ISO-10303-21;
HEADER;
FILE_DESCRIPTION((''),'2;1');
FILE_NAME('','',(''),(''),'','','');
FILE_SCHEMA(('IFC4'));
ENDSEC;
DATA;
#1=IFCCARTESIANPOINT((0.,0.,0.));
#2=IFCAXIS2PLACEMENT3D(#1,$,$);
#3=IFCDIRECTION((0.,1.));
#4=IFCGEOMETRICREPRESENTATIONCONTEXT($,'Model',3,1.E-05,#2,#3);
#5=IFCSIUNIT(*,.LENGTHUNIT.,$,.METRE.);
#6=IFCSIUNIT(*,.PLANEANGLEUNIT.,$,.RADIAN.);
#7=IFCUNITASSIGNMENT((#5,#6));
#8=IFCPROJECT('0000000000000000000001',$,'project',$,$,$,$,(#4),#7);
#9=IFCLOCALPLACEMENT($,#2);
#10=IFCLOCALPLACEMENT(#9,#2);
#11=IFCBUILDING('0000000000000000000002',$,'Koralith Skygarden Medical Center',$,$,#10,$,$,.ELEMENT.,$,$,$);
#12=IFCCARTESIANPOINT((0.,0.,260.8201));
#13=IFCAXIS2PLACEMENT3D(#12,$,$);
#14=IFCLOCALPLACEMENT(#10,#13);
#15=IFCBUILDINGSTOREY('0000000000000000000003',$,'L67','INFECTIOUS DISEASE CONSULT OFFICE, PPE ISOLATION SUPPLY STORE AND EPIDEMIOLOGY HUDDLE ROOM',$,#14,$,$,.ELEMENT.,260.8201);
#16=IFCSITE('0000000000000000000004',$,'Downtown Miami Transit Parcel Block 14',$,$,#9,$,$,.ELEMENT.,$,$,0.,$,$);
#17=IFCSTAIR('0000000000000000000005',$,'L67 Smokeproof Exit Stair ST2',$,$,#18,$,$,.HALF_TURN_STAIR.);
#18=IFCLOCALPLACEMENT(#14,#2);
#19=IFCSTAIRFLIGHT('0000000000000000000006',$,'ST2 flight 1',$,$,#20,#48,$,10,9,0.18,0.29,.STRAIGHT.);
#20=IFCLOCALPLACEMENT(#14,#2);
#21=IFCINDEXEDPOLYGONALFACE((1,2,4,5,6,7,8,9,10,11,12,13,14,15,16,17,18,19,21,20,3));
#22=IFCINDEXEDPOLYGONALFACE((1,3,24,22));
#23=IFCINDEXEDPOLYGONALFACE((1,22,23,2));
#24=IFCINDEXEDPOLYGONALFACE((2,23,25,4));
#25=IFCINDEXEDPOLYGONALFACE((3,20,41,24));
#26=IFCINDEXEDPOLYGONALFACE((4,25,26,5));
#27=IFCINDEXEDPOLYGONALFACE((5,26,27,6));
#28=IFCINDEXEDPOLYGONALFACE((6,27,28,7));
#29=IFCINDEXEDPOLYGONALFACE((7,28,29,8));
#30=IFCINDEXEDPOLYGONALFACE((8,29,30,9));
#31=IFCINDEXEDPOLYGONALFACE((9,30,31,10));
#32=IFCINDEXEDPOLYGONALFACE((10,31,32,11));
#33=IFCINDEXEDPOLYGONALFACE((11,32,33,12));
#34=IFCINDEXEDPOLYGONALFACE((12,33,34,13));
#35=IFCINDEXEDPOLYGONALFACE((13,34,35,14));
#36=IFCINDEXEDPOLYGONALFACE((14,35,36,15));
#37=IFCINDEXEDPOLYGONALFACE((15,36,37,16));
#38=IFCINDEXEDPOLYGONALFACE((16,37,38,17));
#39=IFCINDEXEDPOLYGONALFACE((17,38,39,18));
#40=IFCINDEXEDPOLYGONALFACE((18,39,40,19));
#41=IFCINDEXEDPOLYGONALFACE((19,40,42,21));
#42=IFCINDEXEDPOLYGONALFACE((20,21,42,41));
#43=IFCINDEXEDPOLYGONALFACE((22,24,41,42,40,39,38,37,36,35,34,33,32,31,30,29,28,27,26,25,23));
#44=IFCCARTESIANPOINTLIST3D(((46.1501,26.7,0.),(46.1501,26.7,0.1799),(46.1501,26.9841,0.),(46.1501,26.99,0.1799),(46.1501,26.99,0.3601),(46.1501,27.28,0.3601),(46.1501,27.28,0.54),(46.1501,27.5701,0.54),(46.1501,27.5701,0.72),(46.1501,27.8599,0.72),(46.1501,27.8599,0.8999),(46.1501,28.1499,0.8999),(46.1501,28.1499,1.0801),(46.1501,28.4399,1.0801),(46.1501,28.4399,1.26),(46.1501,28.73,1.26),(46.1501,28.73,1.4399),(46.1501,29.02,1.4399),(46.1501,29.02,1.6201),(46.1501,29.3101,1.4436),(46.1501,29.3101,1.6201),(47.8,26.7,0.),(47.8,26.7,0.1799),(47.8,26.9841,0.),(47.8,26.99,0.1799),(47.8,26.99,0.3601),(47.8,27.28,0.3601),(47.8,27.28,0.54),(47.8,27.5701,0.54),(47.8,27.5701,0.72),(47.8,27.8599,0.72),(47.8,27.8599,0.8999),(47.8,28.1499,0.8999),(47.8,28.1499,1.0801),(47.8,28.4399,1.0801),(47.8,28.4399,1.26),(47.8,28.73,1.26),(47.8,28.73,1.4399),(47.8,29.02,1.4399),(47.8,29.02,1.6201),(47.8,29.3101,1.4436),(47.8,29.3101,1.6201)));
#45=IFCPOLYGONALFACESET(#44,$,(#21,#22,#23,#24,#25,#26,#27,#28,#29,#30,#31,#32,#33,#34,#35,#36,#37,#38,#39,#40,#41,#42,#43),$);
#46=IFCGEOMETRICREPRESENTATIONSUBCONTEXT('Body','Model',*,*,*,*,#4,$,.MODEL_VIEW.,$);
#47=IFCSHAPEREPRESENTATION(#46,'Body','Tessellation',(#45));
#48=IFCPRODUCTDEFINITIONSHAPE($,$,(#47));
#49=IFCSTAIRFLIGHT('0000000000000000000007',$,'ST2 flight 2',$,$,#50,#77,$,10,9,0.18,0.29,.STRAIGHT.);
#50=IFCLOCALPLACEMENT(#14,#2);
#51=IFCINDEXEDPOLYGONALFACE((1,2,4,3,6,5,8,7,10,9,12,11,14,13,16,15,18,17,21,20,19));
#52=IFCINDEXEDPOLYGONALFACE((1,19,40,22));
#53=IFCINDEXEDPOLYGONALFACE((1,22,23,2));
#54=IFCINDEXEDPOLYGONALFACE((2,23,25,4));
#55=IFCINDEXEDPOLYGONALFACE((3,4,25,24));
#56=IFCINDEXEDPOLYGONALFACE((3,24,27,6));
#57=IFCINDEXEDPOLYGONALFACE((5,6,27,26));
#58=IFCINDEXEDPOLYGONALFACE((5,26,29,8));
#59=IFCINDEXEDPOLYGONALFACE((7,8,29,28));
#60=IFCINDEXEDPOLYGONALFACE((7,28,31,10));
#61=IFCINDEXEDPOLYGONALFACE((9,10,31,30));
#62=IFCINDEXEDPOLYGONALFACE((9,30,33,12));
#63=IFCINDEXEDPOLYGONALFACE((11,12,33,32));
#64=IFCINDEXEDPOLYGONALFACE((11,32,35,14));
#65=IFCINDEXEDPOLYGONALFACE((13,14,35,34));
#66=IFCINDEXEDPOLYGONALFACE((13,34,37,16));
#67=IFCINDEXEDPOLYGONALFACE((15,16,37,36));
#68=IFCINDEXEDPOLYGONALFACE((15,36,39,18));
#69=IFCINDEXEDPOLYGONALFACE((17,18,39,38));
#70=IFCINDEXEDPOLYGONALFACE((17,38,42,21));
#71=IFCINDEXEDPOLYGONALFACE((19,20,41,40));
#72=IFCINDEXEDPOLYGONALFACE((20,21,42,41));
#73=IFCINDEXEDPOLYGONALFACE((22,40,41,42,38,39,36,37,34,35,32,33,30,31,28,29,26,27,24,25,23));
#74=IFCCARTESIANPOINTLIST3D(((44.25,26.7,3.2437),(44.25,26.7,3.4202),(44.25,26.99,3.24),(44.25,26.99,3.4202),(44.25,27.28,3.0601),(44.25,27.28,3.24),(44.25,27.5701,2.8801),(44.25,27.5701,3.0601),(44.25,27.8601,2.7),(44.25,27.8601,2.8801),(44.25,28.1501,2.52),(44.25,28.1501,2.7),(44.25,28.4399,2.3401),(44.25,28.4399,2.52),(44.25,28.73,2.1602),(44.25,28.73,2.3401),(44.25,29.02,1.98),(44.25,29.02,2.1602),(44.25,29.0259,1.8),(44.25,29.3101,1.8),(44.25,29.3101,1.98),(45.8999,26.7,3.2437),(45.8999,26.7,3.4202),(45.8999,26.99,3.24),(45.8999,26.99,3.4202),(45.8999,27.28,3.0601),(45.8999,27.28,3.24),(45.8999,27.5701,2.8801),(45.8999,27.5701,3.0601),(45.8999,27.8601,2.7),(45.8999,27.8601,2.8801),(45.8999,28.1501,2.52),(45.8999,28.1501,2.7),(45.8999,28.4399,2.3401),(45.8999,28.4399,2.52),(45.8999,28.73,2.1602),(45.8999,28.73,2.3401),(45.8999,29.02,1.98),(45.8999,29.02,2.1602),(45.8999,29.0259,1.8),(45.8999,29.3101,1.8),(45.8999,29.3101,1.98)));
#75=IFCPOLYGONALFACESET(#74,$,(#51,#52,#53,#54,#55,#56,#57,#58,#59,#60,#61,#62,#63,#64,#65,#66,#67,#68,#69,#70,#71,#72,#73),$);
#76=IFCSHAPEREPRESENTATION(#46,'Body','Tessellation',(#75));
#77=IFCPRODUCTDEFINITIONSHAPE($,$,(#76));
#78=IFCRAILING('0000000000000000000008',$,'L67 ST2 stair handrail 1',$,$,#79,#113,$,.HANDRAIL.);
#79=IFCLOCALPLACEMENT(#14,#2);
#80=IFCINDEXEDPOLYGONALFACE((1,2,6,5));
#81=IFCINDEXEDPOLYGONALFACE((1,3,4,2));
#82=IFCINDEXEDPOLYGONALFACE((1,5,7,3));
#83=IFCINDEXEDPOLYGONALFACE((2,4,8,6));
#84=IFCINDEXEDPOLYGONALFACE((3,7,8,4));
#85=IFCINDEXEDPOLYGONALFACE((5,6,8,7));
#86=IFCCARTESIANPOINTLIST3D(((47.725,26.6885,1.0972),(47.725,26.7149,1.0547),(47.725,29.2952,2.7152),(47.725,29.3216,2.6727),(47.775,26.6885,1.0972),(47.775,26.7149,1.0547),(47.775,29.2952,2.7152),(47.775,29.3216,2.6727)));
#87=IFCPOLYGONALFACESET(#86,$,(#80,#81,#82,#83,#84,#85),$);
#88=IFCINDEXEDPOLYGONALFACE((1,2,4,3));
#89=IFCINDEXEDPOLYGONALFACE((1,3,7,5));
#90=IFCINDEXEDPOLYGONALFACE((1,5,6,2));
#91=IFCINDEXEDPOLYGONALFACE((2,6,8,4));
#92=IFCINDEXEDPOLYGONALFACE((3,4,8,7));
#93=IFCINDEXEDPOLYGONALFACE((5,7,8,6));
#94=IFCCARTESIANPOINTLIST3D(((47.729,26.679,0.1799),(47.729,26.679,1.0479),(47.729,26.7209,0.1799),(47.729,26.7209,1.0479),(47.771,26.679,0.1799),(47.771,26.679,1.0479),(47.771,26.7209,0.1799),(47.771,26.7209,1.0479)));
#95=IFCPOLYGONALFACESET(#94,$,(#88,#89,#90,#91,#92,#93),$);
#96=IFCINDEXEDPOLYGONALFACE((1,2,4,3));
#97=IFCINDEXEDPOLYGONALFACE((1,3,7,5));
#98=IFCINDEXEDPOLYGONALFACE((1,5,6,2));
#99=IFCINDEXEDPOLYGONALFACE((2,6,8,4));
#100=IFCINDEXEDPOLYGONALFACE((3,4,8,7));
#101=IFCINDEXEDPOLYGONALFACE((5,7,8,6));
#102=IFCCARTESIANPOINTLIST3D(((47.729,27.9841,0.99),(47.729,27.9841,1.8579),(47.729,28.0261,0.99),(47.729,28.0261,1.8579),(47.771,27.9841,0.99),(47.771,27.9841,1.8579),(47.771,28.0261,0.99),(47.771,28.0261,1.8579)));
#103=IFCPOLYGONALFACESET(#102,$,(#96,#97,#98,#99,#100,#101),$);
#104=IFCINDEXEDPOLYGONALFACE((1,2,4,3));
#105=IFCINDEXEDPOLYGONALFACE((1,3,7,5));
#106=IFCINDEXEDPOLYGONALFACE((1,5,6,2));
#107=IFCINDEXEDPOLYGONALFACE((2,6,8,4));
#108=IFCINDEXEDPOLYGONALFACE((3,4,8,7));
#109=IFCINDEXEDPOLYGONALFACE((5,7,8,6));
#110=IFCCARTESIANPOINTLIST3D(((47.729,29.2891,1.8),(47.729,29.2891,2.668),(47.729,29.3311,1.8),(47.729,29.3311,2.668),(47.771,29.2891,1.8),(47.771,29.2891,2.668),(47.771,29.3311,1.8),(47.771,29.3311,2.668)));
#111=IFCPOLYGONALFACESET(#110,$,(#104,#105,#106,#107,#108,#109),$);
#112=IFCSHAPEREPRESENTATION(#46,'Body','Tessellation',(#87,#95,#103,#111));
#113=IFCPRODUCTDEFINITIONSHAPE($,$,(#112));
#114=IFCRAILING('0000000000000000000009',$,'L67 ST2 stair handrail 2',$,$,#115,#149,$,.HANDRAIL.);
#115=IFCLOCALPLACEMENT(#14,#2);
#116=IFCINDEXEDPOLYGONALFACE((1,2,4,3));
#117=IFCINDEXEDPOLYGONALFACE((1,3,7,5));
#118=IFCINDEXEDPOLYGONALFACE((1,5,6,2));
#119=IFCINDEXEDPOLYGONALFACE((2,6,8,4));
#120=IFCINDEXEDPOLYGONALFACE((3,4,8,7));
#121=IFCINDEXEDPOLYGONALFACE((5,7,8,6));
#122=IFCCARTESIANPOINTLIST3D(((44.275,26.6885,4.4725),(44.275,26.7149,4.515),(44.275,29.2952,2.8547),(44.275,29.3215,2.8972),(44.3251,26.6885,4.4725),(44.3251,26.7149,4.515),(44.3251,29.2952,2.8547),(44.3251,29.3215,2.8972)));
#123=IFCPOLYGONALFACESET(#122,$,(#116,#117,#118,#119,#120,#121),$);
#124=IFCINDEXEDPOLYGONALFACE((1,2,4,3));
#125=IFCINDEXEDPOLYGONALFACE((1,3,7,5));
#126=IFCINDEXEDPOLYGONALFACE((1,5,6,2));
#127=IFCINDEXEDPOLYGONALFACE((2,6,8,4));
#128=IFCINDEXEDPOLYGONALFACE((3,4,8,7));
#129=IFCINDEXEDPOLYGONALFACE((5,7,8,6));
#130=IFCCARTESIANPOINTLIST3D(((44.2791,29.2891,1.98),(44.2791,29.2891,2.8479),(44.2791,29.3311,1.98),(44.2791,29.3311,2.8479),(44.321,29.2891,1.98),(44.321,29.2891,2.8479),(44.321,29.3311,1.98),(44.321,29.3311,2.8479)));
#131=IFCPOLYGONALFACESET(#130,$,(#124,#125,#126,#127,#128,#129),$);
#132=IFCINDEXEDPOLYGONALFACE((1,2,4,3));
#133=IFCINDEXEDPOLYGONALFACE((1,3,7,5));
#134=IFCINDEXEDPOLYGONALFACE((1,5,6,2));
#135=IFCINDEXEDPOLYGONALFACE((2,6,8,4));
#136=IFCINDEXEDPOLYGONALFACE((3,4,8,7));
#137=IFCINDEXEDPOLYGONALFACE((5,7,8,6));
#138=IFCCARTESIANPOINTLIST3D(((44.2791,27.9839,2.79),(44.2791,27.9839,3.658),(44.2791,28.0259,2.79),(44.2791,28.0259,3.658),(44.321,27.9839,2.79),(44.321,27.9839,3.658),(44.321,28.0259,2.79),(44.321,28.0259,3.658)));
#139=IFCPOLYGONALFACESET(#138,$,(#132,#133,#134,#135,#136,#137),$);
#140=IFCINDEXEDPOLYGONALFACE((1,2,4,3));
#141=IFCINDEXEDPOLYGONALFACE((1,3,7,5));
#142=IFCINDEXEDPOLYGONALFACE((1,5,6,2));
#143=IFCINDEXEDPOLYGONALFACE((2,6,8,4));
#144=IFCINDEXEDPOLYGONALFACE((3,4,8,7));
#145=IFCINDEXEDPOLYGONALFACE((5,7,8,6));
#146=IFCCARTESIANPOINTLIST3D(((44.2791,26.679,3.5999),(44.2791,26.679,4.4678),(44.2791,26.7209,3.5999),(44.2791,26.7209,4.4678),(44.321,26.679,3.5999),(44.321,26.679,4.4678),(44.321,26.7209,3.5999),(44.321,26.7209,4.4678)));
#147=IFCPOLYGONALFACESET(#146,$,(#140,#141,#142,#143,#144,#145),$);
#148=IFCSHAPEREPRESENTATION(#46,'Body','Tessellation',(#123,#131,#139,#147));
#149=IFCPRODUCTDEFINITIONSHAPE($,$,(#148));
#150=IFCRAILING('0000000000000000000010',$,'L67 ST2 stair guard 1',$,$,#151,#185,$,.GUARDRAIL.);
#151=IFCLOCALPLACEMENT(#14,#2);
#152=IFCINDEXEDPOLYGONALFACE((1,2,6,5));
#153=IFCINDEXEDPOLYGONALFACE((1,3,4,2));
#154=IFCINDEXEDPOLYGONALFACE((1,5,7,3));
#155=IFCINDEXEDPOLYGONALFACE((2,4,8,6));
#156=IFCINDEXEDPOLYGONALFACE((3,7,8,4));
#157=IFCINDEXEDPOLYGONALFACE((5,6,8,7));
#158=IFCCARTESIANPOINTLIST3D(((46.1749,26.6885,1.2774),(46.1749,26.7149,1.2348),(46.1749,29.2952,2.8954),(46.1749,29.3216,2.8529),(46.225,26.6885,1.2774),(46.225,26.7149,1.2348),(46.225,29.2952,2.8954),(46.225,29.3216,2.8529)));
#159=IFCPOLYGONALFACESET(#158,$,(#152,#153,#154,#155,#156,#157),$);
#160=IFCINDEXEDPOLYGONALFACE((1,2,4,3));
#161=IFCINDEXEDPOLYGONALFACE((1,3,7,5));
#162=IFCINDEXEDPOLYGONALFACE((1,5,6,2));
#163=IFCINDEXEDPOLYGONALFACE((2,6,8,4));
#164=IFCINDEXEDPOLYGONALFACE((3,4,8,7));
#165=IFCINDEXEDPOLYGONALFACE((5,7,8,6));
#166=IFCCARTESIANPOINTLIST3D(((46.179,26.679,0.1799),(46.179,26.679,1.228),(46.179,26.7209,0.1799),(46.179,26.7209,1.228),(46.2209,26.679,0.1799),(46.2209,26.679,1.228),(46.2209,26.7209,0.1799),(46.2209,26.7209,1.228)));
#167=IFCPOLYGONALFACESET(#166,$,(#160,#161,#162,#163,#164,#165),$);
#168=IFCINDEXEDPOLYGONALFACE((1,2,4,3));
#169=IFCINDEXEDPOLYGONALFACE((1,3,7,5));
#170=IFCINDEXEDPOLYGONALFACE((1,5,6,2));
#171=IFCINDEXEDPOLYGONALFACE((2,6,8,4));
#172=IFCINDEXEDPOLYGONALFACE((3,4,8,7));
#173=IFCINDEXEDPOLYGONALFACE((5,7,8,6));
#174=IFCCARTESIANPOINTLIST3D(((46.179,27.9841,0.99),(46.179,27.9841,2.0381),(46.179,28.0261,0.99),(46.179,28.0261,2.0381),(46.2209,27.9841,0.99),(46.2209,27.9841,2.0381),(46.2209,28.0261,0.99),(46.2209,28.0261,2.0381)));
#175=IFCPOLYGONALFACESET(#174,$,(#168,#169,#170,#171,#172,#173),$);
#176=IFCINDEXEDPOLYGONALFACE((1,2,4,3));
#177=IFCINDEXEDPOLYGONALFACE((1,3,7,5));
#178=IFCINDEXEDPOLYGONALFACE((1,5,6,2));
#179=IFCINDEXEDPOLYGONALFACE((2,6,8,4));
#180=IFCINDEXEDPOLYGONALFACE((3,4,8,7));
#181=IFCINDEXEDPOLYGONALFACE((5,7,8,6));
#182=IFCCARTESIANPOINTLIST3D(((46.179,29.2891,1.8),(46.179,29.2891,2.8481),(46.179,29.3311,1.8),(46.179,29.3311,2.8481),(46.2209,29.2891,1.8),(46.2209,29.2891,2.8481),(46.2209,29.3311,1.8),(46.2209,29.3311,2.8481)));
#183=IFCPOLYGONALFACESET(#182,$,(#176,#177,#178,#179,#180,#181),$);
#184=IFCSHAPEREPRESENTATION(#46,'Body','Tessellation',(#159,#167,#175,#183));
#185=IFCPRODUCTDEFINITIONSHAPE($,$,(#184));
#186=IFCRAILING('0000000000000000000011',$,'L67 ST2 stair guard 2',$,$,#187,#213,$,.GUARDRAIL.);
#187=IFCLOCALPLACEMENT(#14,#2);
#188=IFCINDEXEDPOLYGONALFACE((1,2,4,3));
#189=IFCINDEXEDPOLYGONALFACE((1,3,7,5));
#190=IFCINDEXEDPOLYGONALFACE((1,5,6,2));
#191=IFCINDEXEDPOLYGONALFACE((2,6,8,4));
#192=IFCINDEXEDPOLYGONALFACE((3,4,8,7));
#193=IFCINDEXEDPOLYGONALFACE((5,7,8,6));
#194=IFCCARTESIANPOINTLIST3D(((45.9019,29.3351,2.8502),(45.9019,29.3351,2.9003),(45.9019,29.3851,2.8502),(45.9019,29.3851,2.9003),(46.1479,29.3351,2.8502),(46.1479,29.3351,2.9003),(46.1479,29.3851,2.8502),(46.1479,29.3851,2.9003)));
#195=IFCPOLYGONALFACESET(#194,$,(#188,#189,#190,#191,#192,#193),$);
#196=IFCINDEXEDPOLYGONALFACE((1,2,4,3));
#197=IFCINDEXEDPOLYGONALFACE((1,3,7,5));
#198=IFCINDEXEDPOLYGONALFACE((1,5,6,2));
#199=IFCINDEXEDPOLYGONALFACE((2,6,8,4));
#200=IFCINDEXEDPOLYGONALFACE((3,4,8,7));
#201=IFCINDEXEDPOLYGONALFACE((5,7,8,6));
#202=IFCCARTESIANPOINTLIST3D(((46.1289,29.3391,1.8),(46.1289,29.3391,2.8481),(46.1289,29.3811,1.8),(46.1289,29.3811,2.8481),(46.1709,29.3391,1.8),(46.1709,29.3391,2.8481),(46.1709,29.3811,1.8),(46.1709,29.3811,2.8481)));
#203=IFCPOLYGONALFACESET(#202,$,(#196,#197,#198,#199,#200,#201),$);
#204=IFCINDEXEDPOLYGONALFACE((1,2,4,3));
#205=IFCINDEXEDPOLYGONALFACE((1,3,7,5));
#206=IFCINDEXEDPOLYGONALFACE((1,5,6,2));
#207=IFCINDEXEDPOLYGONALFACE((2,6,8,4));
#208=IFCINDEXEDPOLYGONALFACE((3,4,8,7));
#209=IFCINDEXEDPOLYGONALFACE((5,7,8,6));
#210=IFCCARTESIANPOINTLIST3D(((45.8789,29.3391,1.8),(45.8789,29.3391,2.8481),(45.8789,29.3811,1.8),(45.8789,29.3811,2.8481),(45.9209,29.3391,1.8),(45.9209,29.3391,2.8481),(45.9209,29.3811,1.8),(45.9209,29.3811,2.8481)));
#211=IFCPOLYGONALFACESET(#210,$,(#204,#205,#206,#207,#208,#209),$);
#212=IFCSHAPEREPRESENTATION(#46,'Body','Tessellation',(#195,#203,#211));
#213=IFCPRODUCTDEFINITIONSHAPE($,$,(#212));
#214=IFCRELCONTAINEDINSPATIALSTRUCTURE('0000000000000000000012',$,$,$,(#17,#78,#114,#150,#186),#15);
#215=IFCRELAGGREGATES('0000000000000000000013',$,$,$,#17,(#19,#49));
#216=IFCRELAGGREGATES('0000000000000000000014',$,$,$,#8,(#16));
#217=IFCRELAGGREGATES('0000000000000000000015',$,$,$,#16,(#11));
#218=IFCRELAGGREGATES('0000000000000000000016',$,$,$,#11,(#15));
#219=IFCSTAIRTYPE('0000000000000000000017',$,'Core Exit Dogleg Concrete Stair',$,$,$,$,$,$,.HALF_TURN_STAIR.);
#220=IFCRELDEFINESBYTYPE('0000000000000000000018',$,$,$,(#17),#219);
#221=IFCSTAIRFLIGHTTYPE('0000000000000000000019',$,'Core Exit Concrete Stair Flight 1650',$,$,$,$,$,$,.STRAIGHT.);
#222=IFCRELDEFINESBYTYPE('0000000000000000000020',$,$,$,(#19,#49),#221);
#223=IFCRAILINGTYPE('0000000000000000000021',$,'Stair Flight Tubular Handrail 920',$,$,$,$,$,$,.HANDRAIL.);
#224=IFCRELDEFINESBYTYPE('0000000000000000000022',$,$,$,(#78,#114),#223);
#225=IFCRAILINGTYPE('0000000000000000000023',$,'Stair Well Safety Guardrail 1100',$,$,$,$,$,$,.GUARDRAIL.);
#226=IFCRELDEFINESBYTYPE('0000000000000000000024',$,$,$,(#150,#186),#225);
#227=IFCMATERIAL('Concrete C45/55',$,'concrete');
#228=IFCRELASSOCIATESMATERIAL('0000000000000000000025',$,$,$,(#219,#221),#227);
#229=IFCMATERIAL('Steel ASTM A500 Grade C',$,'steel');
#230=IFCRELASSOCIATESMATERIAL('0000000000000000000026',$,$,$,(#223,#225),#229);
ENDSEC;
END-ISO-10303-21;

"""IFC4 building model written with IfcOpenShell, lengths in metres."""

from ifc_helpers import new_model, si_unit, direction, frame, origin, origin_2d, place, context, subcontext, project, spatial, polyline, rectangle, outline, extrude, material, type_object, element, aggregate, save


model = new_model("IFC4")

# Units and contexts
model_context = context("Model", 3, precision=1e-05, world=origin(), true_north=direction((0.0, 1.0)))
body_context = subcontext(model_context, "Body", "Model", "MODEL_VIEW")
ifc_project = project(units=[si_unit("LENGTHUNIT", "METRE"), si_unit("PLANEANGLEUNIT", "RADIAN")], contexts=[model_context])

# Site, building, storey
site_placement = place(None, origin())
site = spatial("IfcSite", under=ifc_project, at=site_placement, Name="Downtown Miami Transit Parcel Block 14", CompositionType="ELEMENT", RefElevation=0.0)
building_placement = place(site_placement, origin())
building = spatial("IfcBuilding", under=site, at=building_placement, Name="Koralith Skygarden Medical Center", CompositionType="ELEMENT")
storey_placement = place(building_placement, frame((0.0, 0.0, 260.8201)))
storey = spatial("IfcBuildingStorey", under=building, at=storey_placement, Name="L67", Description="INFECTIOUS DISEASE CONSULT OFFICE, PPE ISOLATION SUPPLY STORE AND EPIDEMIOLOGY HUDDLE ROOM", CompositionType="ELEMENT", Elevation=260.8201)

# Shared definitions
ifc_material_1 = material(Name="Concrete C45/55", Category="concrete")

# Stair, stair flights
stair_type = type_object("IfcStairType", Name="Core Exit Dogleg Concrete Stair", PredefinedType="HALF_TURN_STAIR", material=ifc_material_1)
stair_placement = place(storey_placement, origin())
stair = element("IfcStair", 1, at=stair_placement, inside=storey, type_object=stair_type, Name="L67 Smokeproof Exit Stair ST2", PredefinedType="HALF_TURN_STAIR")
stair_flight_type = type_object("IfcStairFlightType", Name="Core Exit Concrete Stair Flight 1650", PredefinedType="STRAIGHT", material=ifc_material_1)
stair_flight_1_placement = place(storey_placement, frame((46.9751, 26.7, 0.0), z_axis=(0.0, 0.0, 1.0), x_axis=(0.0, 1.0, 0.0)))
stair_flight_1 = element("IfcStairFlight", 2, at=stair_flight_1_placement, type_object=stair_flight_type, Name="ST2 flight 1", NumberOfRisers=10, NumberOfTreads=9, PredefinedType="STRAIGHT", RiserHeight=0.18, TreadLength=0.29, context=body_context, shape_type="SweptSolid", body=[
    extrude(outline(polyline([(0.0, 0.0), (0.0, 0.1799), (0.29, 0.1799), (0.29, 0.3601), (0.5801, 0.3601), (0.5801, 0.54), (0.8701, 0.54), (0.8701, 0.72), (1.1599, 0.72), (1.1599, 0.8999), (1.45, 0.8999), (1.45, 1.0801), (1.74, 1.0801), (1.74, 1.26), (2.03, 1.26), (2.03, 1.4399), (2.3201, 1.4399), (2.3201, 1.6201), (2.6101, 1.6201), (2.6101, 1.8), (2.6101, 1.4436), (0.2842, 0.0), (0.0, 0.0)])), frame((0.0, 0.825, 0.0), z_axis=(0.0, -1.0, 0.0), x_axis=(1.0, 0.0, 0.0)), (0.0, 0.0, 1.0), 1.6499),
])
stair_flight_2_placement = place(storey_placement, frame((45.075, 29.3101, 1.8), z_axis=(0.0, 0.0, 1.0), x_axis=(0.0, -1.0, 0.0)))
stair_flight_2 = element("IfcStairFlight", 3, at=stair_flight_2_placement, type_object=stair_flight_type, Name="ST2 flight 2", NumberOfRisers=10, NumberOfTreads=9, PredefinedType="STRAIGHT", RiserHeight=0.18, TreadLength=0.29, context=body_context, shape_type="SweptSolid", body=[
    extrude(outline(polyline([(0.0, 0.0), (0.0, 0.1799), (0.29, 0.1799), (0.29, 0.3601), (0.5801, 0.3601), (0.5801, 0.54), (0.8701, 0.54), (0.8701, 0.72), (1.1599, 0.72), (1.1599, 0.8999), (1.45, 0.8999), (1.45, 1.0801), (1.74, 1.0801), (1.74, 1.26), (2.03, 1.26), (2.03, 1.4399), (2.3201, 1.4399), (2.3201, 1.6201), (2.6101, 1.6201), (2.6101, 1.8), (2.6101, 1.4436), (0.2842, 0.0), (0.0, 0.0)])), frame((0.0, 0.825, 0.0), z_axis=(0.0, -1.0, 0.0), x_axis=(1.0, 0.0, 0.0)), (0.0, 0.0, 1.0), 1.6499),
])
aggregate(stair, [stair_flight_1, stair_flight_2])

# Railings
ifc_material_2 = material(Name="Steel ASTM A500 Grade C", Category="steel")
railing_type_1 = type_object("IfcRailingType", Name="Stair Flight Tubular Handrail 920", PredefinedType="HANDRAIL", material=ifc_material_2)
railing_1_placement = place(storey_placement, frame((47.75, 26.7, 0.1799)))
element("IfcRailing", 4, at=railing_1_placement, inside=storey, type_object=railing_type_1, Name="L67 ST2 stair handrail 1", PredefinedType="HANDRAIL", context=body_context, shape_type="SweptSolid", body=[
    extrude(rectangle(XDim=0.05, YDim=0.05, at=origin_2d()), frame((0.0, 0.0017, 0.896), z_axis=(0.0, 0.849633, 0.527375), x_axis=(-1.0, 0.0, 0.0)), (0.0, 0.0, 1.0), 3.0681),
    extrude(rectangle(XDim=0.042, YDim=0.042, at=origin_2d()), origin(), (0.0, 0.0, 1.0), 0.8679),
    extrude(rectangle(XDim=0.042, YDim=0.042, at=origin_2d()), frame((0.0, 1.3052, 0.8101)), (0.0, 0.0, 1.0), 0.8679),
    extrude(rectangle(XDim=0.042, YDim=0.042, at=origin_2d()), frame((0.0, 2.6101, 1.6201)), (0.0, 0.0, 1.0), 0.8679),
])
railing_2_placement = place(storey_placement, frame((44.3, 29.3101, 1.98)))
element("IfcRailing", 5, at=railing_2_placement, inside=storey, type_object=railing_type_1, Name="L67 ST2 stair handrail 2", PredefinedType="HANDRAIL", context=body_context, shape_type="SweptSolid", body=[
    extrude(rectangle(XDim=0.05, YDim=0.05, at=origin_2d()), frame((0.0, -0.0017, 0.896), z_axis=(0.0, -0.849668, 0.527317), x_axis=(1.0, 0.0, 0.0)), (0.0, 0.0, 1.0), 3.0679),
    extrude(rectangle(XDim=0.042, YDim=0.042, at=origin_2d()), origin(), (0.0, 0.0, 1.0), 0.8679),
    extrude(rectangle(XDim=0.042, YDim=0.042, at=origin_2d()), frame((0.0, -1.3052, 0.8101)), (0.0, 0.0, 1.0), 0.8679),
    extrude(rectangle(XDim=0.042, YDim=0.042, at=origin_2d()), frame((0.0, -2.6101, 1.6199)), (0.0, 0.0, 1.0), 0.8679),
])
railing_type_2 = type_object("IfcRailingType", Name="Stair Well Safety Guardrail 1100", PredefinedType="GUARDRAIL", material=ifc_material_2)
railing_3_placement = place(storey_placement, frame((46.2, 26.7, 0.1799)))
element("IfcRailing", 6, at=railing_3_placement, inside=storey, type_object=railing_type_2, Name="L67 ST2 stair guard 1", PredefinedType="GUARDRAIL", context=body_context, shape_type="SweptSolid", body=[
    extrude(rectangle(XDim=0.05, YDim=0.05, at=origin_2d()), frame((0.0, 0.0017, 1.0762), z_axis=(0.0, 0.849633, 0.527375), x_axis=(-1.0, 0.0, 0.0)), (0.0, 0.0, 1.0), 3.0681),
    extrude(rectangle(XDim=0.042, YDim=0.042, at=origin_2d()), origin(), (0.0, 0.0, 1.0), 1.0481),
    extrude(rectangle(XDim=0.042, YDim=0.042, at=origin_2d()), frame((0.0, 1.3052, 0.8101)), (0.0, 0.0, 1.0), 1.0481),
    extrude(rectangle(XDim=0.042, YDim=0.042, at=origin_2d()), frame((0.0, 2.6101, 1.6201)), (0.0, 0.0, 1.0), 1.0481),
])
railing_4_placement = place(storey_placement, frame((46.1499, 29.3601, 1.8)))
element("IfcRailing", 7, at=railing_4_placement, inside=storey, type_object=railing_type_2, Name="L67 ST2 stair guard 2", PredefinedType="GUARDRAIL", context=body_context, shape_type="SweptSolid", body=[
    extrude(rectangle(XDim=0.05, YDim=0.05, at=origin_2d()), frame((-0.002, 0.0, 1.0752), z_axis=(-1.0, 0.0, 0.0), x_axis=(0.0, -1.0, 0.0)), (0.0, 0.0, 1.0), 0.2461),
    extrude(rectangle(XDim=0.042, YDim=0.042, at=origin_2d()), origin(), (0.0, 0.0, 1.0), 1.0481),
    extrude(rectangle(XDim=0.042, YDim=0.042, at=origin_2d()), frame((-0.25, 0.0, 0.0)), (0.0, 0.0, 1.0), 1.0481),
])

save(model, "model.ifc")
